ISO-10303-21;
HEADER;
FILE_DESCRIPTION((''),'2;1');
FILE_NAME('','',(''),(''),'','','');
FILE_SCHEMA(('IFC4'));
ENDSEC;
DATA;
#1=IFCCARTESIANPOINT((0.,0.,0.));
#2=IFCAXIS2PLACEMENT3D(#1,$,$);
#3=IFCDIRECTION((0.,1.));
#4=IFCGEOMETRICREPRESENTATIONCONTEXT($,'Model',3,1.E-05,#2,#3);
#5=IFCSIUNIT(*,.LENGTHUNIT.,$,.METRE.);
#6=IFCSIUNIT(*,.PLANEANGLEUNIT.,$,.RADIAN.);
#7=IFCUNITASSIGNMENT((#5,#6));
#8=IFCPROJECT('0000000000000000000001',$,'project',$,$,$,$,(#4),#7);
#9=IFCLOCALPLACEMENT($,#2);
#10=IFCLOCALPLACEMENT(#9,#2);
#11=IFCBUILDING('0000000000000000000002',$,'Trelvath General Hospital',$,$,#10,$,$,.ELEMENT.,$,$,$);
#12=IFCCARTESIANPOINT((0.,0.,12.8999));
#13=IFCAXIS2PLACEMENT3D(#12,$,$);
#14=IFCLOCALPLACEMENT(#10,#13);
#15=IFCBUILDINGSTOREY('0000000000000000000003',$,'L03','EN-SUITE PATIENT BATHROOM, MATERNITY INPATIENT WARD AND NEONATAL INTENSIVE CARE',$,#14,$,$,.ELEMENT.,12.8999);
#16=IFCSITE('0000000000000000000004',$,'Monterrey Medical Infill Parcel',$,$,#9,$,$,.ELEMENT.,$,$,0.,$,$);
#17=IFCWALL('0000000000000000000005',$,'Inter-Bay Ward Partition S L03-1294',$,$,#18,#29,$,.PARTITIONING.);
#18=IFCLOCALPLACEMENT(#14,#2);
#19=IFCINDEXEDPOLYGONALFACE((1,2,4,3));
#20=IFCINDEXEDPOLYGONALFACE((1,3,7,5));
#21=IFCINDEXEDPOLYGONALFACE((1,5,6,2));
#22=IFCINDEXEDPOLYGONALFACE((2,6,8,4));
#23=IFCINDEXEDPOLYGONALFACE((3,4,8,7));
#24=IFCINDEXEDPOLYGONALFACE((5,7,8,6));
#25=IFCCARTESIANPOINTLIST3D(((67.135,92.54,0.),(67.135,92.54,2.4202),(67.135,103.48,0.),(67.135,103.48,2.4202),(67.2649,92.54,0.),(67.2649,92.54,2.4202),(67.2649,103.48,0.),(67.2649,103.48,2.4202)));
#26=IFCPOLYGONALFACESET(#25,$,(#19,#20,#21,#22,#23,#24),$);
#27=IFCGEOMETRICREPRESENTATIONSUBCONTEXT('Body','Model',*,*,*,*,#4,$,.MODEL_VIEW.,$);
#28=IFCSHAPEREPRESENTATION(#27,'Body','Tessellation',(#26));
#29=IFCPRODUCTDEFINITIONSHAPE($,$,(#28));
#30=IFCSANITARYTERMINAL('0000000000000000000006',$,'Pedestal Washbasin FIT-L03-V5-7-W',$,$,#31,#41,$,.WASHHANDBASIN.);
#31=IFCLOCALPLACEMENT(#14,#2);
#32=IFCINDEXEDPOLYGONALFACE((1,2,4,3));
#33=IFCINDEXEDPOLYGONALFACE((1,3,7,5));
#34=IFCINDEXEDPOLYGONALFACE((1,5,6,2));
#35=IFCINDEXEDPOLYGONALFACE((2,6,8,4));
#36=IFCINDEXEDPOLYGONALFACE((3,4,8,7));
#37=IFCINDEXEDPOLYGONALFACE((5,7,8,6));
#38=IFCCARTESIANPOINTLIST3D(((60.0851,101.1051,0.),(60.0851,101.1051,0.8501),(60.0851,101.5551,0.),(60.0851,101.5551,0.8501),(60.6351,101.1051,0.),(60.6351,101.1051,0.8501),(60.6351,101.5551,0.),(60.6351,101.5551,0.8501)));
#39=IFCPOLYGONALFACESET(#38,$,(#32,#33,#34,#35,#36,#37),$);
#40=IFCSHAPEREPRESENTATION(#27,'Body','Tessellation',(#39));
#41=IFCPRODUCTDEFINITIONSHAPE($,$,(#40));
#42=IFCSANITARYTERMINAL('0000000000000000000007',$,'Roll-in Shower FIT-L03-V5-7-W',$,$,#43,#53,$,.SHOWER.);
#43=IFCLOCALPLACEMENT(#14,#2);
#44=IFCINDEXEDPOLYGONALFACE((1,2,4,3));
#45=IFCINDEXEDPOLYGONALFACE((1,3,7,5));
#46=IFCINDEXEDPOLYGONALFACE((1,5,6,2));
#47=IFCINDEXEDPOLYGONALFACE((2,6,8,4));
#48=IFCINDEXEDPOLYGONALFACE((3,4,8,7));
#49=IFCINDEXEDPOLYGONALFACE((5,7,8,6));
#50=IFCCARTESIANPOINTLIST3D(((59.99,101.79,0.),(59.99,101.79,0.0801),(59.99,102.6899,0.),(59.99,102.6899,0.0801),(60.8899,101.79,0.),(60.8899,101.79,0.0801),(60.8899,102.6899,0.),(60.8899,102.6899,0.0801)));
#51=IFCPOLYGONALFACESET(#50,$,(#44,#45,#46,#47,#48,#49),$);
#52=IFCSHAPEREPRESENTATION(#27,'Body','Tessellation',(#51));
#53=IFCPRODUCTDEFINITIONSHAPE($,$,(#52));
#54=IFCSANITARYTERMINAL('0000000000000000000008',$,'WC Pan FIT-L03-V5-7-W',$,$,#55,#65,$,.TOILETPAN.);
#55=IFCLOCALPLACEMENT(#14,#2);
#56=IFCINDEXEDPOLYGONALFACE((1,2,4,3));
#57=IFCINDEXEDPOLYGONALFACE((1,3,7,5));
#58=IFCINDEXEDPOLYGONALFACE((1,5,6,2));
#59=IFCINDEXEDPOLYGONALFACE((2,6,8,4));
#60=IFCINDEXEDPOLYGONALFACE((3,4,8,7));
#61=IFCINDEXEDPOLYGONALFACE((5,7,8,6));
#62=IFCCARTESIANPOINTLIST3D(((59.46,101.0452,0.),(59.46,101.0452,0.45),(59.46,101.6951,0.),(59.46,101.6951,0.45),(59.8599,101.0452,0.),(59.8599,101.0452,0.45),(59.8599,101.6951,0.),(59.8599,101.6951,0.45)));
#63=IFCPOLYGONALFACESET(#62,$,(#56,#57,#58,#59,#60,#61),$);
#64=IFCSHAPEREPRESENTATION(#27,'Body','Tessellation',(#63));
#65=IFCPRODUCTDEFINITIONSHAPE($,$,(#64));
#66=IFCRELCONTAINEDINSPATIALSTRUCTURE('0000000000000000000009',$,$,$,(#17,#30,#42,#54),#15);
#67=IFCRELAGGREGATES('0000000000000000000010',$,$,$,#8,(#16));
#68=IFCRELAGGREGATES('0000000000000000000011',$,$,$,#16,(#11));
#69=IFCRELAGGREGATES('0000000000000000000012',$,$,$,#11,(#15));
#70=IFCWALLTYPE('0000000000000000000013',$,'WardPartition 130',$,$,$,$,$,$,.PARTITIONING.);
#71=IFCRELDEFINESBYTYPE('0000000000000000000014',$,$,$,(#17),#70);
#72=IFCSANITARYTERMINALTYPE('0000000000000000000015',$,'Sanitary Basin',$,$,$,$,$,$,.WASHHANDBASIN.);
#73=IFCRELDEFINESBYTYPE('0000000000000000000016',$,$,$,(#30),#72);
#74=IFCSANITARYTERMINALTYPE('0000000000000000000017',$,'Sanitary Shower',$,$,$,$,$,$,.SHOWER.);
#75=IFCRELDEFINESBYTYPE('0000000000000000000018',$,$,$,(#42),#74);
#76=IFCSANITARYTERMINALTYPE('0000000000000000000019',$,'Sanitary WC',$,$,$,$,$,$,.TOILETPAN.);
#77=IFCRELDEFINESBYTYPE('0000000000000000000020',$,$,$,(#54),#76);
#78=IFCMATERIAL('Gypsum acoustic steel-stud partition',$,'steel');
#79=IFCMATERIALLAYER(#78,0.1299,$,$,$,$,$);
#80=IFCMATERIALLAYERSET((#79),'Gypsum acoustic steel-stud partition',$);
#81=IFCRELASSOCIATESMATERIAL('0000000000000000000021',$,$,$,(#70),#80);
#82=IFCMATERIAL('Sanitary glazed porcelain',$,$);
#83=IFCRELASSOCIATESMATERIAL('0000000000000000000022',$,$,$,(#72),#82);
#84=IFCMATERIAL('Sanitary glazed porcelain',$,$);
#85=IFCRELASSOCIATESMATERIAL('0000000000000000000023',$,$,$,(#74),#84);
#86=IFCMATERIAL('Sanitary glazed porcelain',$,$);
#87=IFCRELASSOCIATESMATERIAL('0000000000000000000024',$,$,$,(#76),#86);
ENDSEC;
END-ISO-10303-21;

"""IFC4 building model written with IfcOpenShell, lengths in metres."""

from ifc_helpers import new_model, si_unit, direction, frame, frame_2d, origin, origin_2d, place, context, subcontext, project, spatial, rectangle, extrude, material, layer, layer_set, type_object, element, save


model = new_model("IFC4")

# Units and contexts
model_context = context("Model", 3, precision=1e-05, world=origin(), true_north=direction((0.0, 1.0)))
body_context = subcontext(model_context, "Body", "Model", "MODEL_VIEW")
ifc_project = project(units=[si_unit("LENGTHUNIT", "METRE"), si_unit("PLANEANGLEUNIT", "RADIAN")], contexts=[model_context])

# Site, building, storey
site_placement = place(None, origin())
site = spatial("IfcSite", under=ifc_project, at=site_placement, Name="Monterrey Medical Infill Parcel", CompositionType="ELEMENT", RefElevation=0.0)
building_placement = place(site_placement, origin())
building = spatial("IfcBuilding", under=site, at=building_placement, Name="Trelvath General Hospital", CompositionType="ELEMENT")
storey_placement = place(building_placement, frame((0.0, 0.0, 12.8999)))
storey = spatial("IfcBuildingStorey", under=building, at=storey_placement, Name="L03", Description="EN-SUITE PATIENT BATHROOM, MATERNITY INPATIENT WARD AND NEONATAL INTENSIVE CARE", CompositionType="ELEMENT", Elevation=12.8999)

# Wall
ifc_material_1 = material(Name="Gypsum acoustic steel-stud partition", Category="steel")
ifc_layer_1 = layer(ifc_material_1, 0.1299)
ifc_layer_set_1 = layer_set([ifc_layer_1], Name="Gypsum acoustic steel-stud partition")
wall_type_1 = type_object("IfcWallType", Name="WardPartition 130", PredefinedType="PARTITIONING", material=ifc_layer_set_1)
wall_1_placement = place(storey_placement, frame((67.2, 92.54, 0.0), z_axis=(0.0, 0.0, 1.0), x_axis=(0.0, 1.0, 0.0)))
element("IfcWall", 1, at=wall_1_placement, inside=storey, type_object=wall_type_1, Name="Inter-Bay Ward Partition S L03-1294", PredefinedType="PARTITIONING", context=body_context, shape_type="SweptSolid", body=[
    extrude(rectangle(XDim=10.9399, YDim=0.1299, at=frame_2d((5.47, 0.0))), origin(), (0.0, 0.0, 1.0), 2.4202),
])

# Sanitary terminals
ifc_material_2 = material(Name="Sanitary glazed porcelain")
sanitary_terminal_type_1 = type_object("IfcSanitaryTerminalType", Name="Sanitary Basin", PredefinedType="WASHHANDBASIN", material=ifc_material_2)
sanitary_terminal_1_placement = place(storey_placement, frame((60.3601, 101.3301, 0.0), z_axis=(0.0, 0.0, 1.0), x_axis=(1.0, 0.0, 0.0)))
element("IfcSanitaryTerminal", 2, at=sanitary_terminal_1_placement, inside=storey, type_object=sanitary_terminal_type_1, Name="Pedestal Washbasin FIT-L03-V5-7-W", PredefinedType="WASHHANDBASIN", context=body_context, shape_type="SweptSolid", body=[
    extrude(rectangle(XDim=0.55, YDim=0.45, at=origin_2d()), origin(), (0.0, 0.0, 1.0), 0.8501),
])
ifc_material_3 = material(Name="Sanitary glazed porcelain")
sanitary_terminal_type_2 = type_object("IfcSanitaryTerminalType", Name="Sanitary Shower", PredefinedType="SHOWER", material=ifc_material_3)
sanitary_terminal_2_placement = place(storey_placement, frame((60.4399, 102.24, 0.0), z_axis=(0.0, 0.0, 1.0), x_axis=(1.0, 0.0, 0.0)))
element("IfcSanitaryTerminal", 3, at=sanitary_terminal_2_placement, inside=storey, type_object=sanitary_terminal_type_2, Name="Roll-in Shower FIT-L03-V5-7-W", PredefinedType="SHOWER", context=body_context, shape_type="SweptSolid", body=[
    extrude(rectangle(XDim=0.8999, YDim=0.8999, at=origin_2d()), origin(), (0.0, 0.0, 1.0), 0.0801),
])
ifc_material_4 = material(Name="Sanitary glazed porcelain")
sanitary_terminal_type_3 = type_object("IfcSanitaryTerminalType", Name="Sanitary WC", PredefinedType="TOILETPAN", material=ifc_material_4)
sanitary_terminal_3_placement = place(storey_placement, frame((59.6599, 101.3701, 0.0), z_axis=(0.0, 0.0, 1.0), x_axis=(1.0, 0.0, 0.0)))
element("IfcSanitaryTerminal", 4, at=sanitary_terminal_3_placement, inside=storey, type_object=sanitary_terminal_type_3, Name="WC Pan FIT-L03-V5-7-W", PredefinedType="TOILETPAN", context=body_context, shape_type="SweptSolid", body=[
    extrude(rectangle(XDim=0.3999, YDim=0.6499, at=origin_2d()), origin(), (0.0, 0.0, 1.0), 0.45),
])

save(model, "model.ifc")
